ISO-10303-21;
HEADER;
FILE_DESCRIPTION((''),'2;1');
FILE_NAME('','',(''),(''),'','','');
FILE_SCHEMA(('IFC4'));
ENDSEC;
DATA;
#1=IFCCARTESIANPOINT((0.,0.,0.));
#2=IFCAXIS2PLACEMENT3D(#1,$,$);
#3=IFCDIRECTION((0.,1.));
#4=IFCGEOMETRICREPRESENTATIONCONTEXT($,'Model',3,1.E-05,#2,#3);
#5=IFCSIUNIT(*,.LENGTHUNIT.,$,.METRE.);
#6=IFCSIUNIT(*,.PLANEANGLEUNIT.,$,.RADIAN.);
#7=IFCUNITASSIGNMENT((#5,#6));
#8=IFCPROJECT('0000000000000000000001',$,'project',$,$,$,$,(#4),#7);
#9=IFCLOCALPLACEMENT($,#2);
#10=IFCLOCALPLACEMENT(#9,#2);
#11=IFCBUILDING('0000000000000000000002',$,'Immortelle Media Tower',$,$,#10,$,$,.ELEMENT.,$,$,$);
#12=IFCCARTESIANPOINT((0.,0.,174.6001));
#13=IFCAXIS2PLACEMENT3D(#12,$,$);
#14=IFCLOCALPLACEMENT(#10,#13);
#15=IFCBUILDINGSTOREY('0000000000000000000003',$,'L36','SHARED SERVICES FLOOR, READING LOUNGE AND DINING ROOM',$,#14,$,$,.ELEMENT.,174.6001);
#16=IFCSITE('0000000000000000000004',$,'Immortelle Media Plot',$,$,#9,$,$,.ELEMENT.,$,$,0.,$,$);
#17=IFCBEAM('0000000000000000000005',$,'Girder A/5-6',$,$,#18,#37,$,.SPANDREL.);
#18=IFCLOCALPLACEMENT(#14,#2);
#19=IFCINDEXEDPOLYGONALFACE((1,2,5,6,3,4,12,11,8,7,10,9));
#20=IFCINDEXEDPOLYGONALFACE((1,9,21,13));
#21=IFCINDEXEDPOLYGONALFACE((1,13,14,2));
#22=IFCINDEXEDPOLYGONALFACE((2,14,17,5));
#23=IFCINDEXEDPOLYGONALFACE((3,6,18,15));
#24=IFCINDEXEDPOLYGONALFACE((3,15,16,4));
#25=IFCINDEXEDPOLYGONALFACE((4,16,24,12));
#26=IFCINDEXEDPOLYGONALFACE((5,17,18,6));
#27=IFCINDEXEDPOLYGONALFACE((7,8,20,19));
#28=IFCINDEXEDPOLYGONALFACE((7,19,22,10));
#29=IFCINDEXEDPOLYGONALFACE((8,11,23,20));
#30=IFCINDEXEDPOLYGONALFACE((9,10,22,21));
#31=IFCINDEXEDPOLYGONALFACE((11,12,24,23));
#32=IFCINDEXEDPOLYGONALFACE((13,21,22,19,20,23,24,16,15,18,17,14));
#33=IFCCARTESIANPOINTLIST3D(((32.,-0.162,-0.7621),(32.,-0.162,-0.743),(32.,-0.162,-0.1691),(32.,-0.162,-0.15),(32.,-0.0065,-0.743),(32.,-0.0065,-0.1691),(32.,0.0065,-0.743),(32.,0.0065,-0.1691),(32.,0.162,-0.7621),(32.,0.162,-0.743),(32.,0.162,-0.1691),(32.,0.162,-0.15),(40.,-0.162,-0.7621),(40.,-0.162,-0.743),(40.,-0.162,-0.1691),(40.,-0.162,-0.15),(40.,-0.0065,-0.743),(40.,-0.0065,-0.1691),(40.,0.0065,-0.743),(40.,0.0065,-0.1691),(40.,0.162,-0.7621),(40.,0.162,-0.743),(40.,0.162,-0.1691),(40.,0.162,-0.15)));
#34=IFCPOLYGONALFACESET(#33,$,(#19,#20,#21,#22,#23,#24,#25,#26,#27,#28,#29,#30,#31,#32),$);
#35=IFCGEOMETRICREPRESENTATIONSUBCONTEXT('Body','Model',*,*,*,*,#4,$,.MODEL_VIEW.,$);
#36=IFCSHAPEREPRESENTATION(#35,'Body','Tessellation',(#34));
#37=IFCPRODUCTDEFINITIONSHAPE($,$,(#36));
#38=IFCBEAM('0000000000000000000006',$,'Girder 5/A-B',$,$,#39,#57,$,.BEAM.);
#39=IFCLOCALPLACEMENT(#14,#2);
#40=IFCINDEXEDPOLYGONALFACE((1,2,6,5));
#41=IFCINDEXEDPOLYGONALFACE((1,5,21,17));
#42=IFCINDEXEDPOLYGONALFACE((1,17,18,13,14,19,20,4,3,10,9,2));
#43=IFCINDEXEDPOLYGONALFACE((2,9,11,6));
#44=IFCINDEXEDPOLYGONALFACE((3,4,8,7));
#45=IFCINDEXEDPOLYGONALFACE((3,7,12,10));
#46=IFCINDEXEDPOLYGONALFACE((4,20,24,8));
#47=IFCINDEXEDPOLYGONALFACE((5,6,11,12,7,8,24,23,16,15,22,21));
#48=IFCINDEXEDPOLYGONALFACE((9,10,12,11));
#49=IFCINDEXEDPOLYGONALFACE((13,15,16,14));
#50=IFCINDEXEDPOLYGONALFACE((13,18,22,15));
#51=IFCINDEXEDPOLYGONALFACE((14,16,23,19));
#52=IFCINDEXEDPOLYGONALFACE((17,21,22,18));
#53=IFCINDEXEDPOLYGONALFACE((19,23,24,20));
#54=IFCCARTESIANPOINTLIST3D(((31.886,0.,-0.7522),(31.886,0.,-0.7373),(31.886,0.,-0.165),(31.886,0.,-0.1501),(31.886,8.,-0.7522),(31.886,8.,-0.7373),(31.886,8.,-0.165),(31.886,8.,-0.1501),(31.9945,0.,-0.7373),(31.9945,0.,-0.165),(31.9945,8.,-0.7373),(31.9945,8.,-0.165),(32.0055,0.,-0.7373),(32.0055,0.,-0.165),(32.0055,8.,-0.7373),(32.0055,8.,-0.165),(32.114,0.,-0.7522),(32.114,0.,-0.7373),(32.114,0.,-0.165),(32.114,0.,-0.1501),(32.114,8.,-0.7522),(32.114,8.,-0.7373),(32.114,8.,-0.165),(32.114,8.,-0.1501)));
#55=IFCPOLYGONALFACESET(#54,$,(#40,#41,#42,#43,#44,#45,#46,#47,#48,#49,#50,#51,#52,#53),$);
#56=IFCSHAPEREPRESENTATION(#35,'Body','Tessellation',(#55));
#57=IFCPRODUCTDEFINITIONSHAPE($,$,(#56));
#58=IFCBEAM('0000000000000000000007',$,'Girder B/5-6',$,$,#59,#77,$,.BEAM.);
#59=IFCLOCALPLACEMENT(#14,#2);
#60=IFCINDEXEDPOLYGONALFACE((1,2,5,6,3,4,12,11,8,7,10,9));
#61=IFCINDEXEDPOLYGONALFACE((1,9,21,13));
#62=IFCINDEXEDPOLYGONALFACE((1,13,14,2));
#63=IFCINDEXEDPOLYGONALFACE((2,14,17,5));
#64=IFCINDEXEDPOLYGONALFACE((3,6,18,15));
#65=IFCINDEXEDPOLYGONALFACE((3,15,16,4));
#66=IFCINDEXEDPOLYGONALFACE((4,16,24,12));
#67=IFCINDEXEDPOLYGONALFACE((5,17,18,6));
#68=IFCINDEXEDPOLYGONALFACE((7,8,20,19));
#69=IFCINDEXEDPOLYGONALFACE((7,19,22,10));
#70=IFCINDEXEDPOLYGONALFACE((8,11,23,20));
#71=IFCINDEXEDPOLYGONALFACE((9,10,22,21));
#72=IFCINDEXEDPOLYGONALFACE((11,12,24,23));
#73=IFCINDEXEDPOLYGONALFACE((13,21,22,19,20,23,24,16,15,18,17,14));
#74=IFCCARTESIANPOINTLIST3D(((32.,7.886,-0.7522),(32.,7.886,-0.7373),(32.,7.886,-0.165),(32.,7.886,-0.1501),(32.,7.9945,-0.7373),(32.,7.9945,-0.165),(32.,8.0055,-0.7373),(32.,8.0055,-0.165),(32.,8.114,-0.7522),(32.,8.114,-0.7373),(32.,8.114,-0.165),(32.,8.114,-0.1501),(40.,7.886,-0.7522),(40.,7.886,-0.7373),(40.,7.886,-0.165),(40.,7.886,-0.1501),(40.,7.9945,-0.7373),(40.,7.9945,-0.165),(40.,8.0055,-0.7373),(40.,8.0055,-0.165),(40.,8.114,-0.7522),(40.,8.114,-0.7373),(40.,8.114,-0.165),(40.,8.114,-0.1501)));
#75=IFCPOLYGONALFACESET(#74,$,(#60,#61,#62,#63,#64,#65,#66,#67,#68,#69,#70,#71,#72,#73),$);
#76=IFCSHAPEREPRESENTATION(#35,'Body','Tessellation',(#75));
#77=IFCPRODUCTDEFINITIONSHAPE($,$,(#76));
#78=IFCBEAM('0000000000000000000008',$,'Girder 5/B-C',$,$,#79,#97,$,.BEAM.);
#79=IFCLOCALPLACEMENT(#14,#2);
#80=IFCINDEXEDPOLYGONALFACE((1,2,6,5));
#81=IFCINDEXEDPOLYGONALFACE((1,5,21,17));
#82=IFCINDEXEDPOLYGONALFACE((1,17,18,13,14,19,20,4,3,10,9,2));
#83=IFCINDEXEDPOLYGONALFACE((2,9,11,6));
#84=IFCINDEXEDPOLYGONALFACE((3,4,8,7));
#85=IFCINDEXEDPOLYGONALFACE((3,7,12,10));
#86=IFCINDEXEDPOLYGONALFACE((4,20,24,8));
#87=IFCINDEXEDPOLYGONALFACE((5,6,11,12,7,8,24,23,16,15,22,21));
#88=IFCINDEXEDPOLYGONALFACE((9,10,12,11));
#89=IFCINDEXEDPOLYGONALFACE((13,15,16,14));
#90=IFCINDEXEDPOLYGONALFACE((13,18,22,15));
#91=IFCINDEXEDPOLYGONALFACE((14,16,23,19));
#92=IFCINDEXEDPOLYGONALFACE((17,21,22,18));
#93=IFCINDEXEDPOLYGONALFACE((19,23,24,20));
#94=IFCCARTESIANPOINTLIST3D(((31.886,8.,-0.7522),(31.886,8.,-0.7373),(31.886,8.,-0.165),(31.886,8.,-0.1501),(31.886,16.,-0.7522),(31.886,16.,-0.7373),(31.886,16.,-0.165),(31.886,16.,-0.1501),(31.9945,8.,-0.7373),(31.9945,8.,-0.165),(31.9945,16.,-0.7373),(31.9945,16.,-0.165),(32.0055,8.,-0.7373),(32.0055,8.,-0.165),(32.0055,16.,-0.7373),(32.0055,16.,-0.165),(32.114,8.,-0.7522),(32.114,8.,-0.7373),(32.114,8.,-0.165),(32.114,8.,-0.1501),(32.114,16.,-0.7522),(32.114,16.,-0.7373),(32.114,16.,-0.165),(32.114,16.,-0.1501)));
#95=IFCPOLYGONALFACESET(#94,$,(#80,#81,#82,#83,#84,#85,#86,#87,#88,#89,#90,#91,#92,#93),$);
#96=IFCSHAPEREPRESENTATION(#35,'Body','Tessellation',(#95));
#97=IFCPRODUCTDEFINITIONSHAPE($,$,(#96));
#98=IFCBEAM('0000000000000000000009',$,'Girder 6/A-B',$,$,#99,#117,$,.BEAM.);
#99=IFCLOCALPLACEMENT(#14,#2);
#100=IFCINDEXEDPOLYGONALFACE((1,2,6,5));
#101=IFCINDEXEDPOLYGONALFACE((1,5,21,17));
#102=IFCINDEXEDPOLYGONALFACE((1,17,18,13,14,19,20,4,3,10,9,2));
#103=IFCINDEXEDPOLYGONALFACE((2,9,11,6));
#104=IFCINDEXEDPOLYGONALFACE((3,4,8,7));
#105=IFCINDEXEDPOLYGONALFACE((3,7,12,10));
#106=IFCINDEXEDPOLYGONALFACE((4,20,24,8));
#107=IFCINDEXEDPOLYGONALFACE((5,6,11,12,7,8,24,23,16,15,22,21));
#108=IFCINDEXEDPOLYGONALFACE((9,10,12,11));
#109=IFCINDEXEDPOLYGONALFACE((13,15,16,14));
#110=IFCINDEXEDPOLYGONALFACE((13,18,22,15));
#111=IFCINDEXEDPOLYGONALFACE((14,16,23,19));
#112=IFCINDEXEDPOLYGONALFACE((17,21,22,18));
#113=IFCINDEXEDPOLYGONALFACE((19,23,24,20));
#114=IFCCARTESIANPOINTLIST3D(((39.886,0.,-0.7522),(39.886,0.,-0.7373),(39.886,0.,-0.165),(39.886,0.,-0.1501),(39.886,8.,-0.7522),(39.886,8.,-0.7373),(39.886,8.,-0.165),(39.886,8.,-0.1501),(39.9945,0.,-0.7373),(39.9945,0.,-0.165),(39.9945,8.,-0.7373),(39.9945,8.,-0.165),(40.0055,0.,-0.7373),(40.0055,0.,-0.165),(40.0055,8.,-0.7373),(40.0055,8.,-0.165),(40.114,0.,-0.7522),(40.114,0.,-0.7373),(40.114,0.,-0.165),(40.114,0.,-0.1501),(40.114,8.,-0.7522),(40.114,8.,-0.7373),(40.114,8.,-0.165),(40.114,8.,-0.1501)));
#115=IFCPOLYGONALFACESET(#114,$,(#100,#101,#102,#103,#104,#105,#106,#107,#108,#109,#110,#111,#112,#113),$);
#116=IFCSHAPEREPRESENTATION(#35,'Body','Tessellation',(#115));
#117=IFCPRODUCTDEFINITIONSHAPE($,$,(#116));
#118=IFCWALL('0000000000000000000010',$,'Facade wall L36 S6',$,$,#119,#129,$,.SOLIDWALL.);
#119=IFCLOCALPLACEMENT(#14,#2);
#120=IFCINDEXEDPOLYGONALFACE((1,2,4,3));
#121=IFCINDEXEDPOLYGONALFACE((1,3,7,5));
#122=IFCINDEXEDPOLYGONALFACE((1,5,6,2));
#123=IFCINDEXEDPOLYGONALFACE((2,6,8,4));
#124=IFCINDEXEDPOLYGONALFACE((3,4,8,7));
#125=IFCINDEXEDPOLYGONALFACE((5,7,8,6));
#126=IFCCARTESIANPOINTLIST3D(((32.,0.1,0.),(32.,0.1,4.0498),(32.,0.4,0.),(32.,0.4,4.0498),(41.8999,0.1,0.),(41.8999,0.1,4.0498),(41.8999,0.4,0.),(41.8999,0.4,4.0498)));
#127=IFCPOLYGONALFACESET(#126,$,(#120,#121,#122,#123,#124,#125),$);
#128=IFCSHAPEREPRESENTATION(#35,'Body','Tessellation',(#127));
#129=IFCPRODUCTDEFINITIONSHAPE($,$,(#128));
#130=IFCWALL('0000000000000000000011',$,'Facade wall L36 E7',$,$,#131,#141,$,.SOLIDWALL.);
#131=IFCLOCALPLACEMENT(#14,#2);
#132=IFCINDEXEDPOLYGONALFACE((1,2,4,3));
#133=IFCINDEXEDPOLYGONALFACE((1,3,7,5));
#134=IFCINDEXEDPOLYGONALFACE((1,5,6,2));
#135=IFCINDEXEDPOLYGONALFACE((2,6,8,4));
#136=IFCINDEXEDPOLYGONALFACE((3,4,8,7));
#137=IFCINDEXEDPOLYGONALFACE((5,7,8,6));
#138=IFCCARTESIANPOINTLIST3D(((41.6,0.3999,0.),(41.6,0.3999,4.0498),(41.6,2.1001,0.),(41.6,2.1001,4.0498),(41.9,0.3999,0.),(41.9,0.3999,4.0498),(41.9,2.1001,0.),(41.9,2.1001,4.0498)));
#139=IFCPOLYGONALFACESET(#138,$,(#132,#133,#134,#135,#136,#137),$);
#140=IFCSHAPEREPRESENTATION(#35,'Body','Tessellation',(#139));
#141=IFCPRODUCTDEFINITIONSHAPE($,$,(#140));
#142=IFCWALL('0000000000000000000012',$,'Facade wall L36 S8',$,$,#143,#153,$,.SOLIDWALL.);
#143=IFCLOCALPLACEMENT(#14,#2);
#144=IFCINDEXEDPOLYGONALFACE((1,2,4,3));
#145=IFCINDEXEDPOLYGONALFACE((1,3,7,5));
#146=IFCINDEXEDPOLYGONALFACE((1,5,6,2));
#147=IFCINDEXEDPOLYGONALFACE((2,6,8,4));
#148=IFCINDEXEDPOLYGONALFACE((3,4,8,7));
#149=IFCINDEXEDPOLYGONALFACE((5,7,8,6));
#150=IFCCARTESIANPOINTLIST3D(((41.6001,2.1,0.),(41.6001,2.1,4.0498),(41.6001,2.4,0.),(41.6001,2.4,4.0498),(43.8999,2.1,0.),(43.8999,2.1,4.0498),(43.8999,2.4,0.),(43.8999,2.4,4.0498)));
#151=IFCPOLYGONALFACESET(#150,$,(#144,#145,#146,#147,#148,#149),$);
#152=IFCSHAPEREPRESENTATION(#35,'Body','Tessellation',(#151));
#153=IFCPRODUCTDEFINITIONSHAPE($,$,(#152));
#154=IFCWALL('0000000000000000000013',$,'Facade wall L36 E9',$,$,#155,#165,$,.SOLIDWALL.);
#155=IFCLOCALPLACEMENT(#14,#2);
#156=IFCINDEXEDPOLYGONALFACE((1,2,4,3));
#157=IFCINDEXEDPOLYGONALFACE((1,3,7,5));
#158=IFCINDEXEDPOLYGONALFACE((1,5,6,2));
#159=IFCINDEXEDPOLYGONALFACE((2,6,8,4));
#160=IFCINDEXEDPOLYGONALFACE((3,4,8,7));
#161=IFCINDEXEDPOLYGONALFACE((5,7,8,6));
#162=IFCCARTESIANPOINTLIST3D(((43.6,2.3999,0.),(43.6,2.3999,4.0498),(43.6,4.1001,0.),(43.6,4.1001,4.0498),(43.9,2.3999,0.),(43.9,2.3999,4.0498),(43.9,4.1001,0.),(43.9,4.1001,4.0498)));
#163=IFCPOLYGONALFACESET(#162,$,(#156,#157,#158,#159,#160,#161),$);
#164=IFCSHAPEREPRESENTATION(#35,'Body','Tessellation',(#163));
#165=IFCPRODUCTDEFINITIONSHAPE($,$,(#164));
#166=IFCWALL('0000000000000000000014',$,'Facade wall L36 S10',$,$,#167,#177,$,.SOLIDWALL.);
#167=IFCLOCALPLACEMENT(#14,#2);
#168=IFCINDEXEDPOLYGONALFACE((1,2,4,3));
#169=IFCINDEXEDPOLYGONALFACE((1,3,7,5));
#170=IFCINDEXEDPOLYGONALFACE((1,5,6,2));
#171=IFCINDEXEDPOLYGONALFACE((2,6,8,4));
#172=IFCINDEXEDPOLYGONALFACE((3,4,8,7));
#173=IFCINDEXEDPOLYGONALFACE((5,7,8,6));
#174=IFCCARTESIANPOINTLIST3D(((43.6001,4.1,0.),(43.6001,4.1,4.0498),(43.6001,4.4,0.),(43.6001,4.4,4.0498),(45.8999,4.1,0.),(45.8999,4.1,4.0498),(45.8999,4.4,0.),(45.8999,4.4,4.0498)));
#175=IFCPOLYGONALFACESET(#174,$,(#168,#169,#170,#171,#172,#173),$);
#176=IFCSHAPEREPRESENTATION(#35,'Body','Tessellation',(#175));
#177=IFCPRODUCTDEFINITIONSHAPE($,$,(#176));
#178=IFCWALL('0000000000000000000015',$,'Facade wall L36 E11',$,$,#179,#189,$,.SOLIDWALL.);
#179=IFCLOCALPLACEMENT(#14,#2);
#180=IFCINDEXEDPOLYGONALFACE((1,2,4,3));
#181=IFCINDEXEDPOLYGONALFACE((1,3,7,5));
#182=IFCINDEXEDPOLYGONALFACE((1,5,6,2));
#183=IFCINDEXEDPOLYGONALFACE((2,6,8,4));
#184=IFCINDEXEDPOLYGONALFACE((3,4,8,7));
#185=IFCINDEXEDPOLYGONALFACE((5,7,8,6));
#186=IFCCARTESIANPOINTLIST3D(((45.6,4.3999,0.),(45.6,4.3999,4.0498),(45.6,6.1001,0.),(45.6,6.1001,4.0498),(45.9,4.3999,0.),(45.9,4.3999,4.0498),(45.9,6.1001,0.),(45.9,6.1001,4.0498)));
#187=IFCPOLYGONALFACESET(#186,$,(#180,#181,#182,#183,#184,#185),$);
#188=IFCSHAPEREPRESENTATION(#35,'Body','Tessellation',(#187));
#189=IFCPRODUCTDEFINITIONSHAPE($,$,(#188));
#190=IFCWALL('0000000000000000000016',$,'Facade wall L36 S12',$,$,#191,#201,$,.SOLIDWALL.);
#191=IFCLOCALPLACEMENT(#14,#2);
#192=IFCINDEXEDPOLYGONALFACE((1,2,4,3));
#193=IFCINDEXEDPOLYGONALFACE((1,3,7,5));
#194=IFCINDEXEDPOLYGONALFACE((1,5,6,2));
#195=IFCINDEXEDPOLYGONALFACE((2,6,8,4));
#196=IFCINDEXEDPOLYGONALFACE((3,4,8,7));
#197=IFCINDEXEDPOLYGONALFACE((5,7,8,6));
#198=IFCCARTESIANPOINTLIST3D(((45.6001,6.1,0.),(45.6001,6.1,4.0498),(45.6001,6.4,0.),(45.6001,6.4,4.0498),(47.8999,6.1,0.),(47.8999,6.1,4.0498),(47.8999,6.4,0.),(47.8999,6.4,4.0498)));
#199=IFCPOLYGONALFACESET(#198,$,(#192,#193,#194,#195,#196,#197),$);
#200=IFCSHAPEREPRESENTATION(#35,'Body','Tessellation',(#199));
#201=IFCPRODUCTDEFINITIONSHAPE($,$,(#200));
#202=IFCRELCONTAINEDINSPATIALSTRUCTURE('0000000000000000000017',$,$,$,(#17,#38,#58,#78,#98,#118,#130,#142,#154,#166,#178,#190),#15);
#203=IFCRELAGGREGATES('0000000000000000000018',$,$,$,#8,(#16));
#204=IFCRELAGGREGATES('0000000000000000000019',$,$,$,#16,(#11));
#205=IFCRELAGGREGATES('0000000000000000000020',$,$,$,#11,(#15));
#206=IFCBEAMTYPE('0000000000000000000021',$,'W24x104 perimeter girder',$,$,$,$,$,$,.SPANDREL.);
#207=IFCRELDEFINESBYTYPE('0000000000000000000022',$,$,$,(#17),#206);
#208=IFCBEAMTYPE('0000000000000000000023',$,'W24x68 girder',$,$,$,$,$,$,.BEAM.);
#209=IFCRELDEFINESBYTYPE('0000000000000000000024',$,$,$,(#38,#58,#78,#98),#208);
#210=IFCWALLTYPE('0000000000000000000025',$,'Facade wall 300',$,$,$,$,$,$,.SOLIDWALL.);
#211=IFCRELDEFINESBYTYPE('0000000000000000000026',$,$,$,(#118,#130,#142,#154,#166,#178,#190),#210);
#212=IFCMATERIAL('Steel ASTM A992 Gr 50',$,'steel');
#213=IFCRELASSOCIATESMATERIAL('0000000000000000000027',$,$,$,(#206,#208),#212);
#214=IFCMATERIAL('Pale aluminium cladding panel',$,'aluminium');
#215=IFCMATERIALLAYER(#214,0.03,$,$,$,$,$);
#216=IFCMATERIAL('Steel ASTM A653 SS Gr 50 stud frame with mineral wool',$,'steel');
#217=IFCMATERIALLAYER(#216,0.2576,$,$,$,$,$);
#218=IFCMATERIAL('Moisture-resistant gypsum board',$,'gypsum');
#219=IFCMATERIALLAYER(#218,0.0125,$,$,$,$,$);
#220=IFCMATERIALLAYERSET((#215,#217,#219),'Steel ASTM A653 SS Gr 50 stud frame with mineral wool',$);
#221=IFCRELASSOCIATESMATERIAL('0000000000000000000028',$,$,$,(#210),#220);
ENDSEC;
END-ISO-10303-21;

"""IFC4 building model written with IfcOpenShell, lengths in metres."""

from ifc_helpers import new_model, si_unit, direction, frame, frame_2d, origin, origin_2d, place, context, subcontext, project, spatial, rectangle, i_section, extrude, material, layer, layer_set, material_profile, profile_set, type_object, element, save


model = new_model("IFC4")

# Units and contexts
model_context = context("Model", 3, precision=1e-05, world=origin(), true_north=direction((0.0, 1.0)))
body_context = subcontext(model_context, "Body", "Model", "MODEL_VIEW")
ifc_project = project(units=[si_unit("LENGTHUNIT", "METRE"), si_unit("PLANEANGLEUNIT", "RADIAN")], contexts=[model_context])

# Site, building, storey
site_placement = place(None, origin())
site = spatial("IfcSite", under=ifc_project, at=site_placement, Name="Immortelle Media Plot", CompositionType="ELEMENT", RefElevation=0.0)
building_placement = place(site_placement, origin())
building = spatial("IfcBuilding", under=site, at=building_placement, Name="Immortelle Media Tower", CompositionType="ELEMENT")
storey_placement = place(building_placement, frame((0.0, 0.0, 174.6001)))
storey = spatial("IfcBuildingStorey", under=building, at=storey_placement, Name="L36", Description="SHARED SERVICES FLOOR, READING LOUNGE AND DINING ROOM", CompositionType="ELEMENT", Elevation=174.6001)

# Shared definitions
ifc_material_1 = material(Name="Steel ASTM A992 Gr 50", Category="steel")

# Beams
ifc_material_profile_1 = material_profile(ifc_material_1, i_section(OverallWidth=0.324, OverallDepth=0.6121, WebThickness=0.0129, FlangeThickness=0.019, at=origin_2d()), Name="W24x104")
ifc_profile_set_1 = profile_set([ifc_material_profile_1], Name="Steel ASTM A992 Gr 50")
beam_type_1 = type_object("IfcBeamType", Name="W24x104 perimeter girder", PredefinedType="SPANDREL", material=ifc_profile_set_1)
beam_1_placement = place(storey_placement, frame((32.0, 0.0, -0.4561), z_axis=(1.0, 0.0, 0.0), x_axis=(0.0, 1.0, 0.0)))
element("IfcBeam", 1, at=beam_1_placement, inside=storey, type_object=beam_type_1, Name="Girder A/5-6", PredefinedType="SPANDREL", context=body_context, shape_type="SweptSolid", body=[
    extrude(i_section(OverallWidth=0.324, OverallDepth=0.6121, WebThickness=0.0129, FlangeThickness=0.019, at=origin_2d()), origin(), (0.0, 0.0, 1.0), 8.0),
])
ifc_material_profile_2 = material_profile(ifc_material_1, i_section(OverallWidth=0.228, OverallDepth=0.6021, WebThickness=0.011, FlangeThickness=0.0149, at=origin_2d()), Name="W24x68")
ifc_profile_set_2 = profile_set([ifc_material_profile_2], Name="Steel ASTM A992 Gr 50")
beam_type_2 = type_object("IfcBeamType", Name="W24x68 girder", PredefinedType="BEAM", material=ifc_profile_set_2)
for number, where, z_axis, x_axis, name in (
    (2, (32.0, 0.0, -0.4512), (0.0, 1.0, 0.0), (-1.0, 0.0, 0.0), "Girder 5/A-B"),
    (3, (32.0, 8.0, -0.4512), (1.0, 0.0, 0.0), (0.0, 1.0, 0.0), "Girder B/5-6"),
    (4, (32.0, 8.0, -0.4512), (0.0, 1.0, 0.0), (-1.0, 0.0, 0.0), "Girder 5/B-C"),
    (5, (40.0, 0.0, -0.4512), (0.0, 1.0, 0.0), (-1.0, 0.0, 0.0), "Girder 6/A-B"),
):
    element("IfcBeam", number, at=place(storey_placement, frame(where, z_axis=z_axis, x_axis=x_axis)), inside=storey, type_object=beam_type_2, Name=name, PredefinedType="BEAM", context=body_context, shape_type="SweptSolid", body=[
        extrude(i_section(OverallWidth=0.228, OverallDepth=0.6021, WebThickness=0.011, FlangeThickness=0.0149, at=origin_2d()), origin(), (0.0, 0.0, 1.0), 8.0),
    ])

# Walls
ifc_material_2 = material(Name="Pale aluminium cladding panel", Category="aluminium")
ifc_layer_1 = layer(ifc_material_2, 0.03)
ifc_material_3 = material(Name="Steel ASTM A653 SS Gr 50 stud frame with mineral wool", Category="steel")
ifc_layer_2 = layer(ifc_material_3, 0.2576)
ifc_material_4 = material(Name="Moisture-resistant gypsum board", Category="gypsum")
ifc_layer_3 = layer(ifc_material_4, 0.0125)
ifc_layer_set = layer_set([ifc_layer_1, ifc_layer_2, ifc_layer_3], Name="Steel ASTM A653 SS Gr 50 stud frame with mineral wool")
wall_type = type_object("IfcWallType", Name="Facade wall 300", PredefinedType="SOLIDWALL", material=ifc_layer_set)
wall_1_placement = place(storey_placement, frame((32.0, 0.25, 0.0), z_axis=(0.0, 0.0, 1.0), x_axis=(1.0, 0.0, 0.0)))
element("IfcWall", 6, at=wall_1_placement, inside=storey, type_object=wall_type, Name="Facade wall L36 S6", PredefinedType="SOLIDWALL", context=body_context, shape_type="SweptSolid", body=[
    extrude(rectangle(XDim=9.8999, YDim=0.3, at=frame_2d((4.95, 0.0))), origin(), (0.0, 0.0, 1.0), 4.0498),
])
wall_2_placement = place(storey_placement, frame((41.75, 0.3999, 0.0), z_axis=(0.0, 0.0, 1.0), x_axis=(0.0, 1.0, 0.0)))
element("IfcWall", 7, at=wall_2_placement, inside=storey, type_object=wall_type, Name="Facade wall L36 E7", PredefinedType="SOLIDWALL", context=body_context, shape_type="SweptSolid", body=[
    extrude(rectangle(XDim=1.7002, YDim=0.3, at=frame_2d((0.8501, 0.0))), origin(), (0.0, 0.0, 1.0), 4.0498),
])
wall_3_placement = place(storey_placement, frame((41.6001, 2.25, 0.0), z_axis=(0.0, 0.0, 1.0), x_axis=(1.0, 0.0, 0.0)))
element("IfcWall", 8, at=wall_3_placement, inside=storey, type_object=wall_type, Name="Facade wall L36 S8", PredefinedType="SOLIDWALL", context=body_context, shape_type="SweptSolid", body=[
    extrude(rectangle(XDim=2.2998, YDim=0.3, at=frame_2d((1.1499, 0.0))), origin(), (0.0, 0.0, 1.0), 4.0498),
])
wall_4_placement = place(storey_placement, frame((43.75, 2.3999, 0.0), z_axis=(0.0, 0.0, 1.0), x_axis=(0.0, 1.0, 0.0)))
element("IfcWall", 9, at=wall_4_placement, inside=storey, type_object=wall_type, Name="Facade wall L36 E9", PredefinedType="SOLIDWALL", context=body_context, shape_type="SweptSolid", body=[
    extrude(rectangle(XDim=1.7002, YDim=0.3, at=frame_2d((0.8501, 0.0))), origin(), (0.0, 0.0, 1.0), 4.0498),
])
wall_5_placement = place(storey_placement, frame((43.6001, 4.25, 0.0), z_axis=(0.0, 0.0, 1.0), x_axis=(1.0, 0.0, 0.0)))
element("IfcWall", 10, at=wall_5_placement, inside=storey, type_object=wall_type, Name="Facade wall L36 S10", PredefinedType="SOLIDWALL", context=body_context, shape_type="SweptSolid", body=[
    extrude(rectangle(XDim=2.2998, YDim=0.3, at=frame_2d((1.1499, 0.0))), origin(), (0.0, 0.0, 1.0), 4.0498),
])
wall_6_placement = place(storey_placement, frame((45.75, 4.3999, 0.0), z_axis=(0.0, 0.0, 1.0), x_axis=(0.0, 1.0, 0.0)))
element("IfcWall", 11, at=wall_6_placement, inside=storey, type_object=wall_type, Name="Facade wall L36 E11", PredefinedType="SOLIDWALL", context=body_context, shape_type="SweptSolid", body=[
    extrude(rectangle(XDim=1.7002, YDim=0.3, at=frame_2d((0.8501, 0.0))), origin(), (0.0, 0.0, 1.0), 4.0498),
])
wall_7_placement = place(storey_placement, frame((45.6001, 6.25, 0.0), z_axis=(0.0, 0.0, 1.0), x_axis=(1.0, 0.0, 0.0)))
element("IfcWall", 12, at=wall_7_placement, inside=storey, type_object=wall_type, Name="Facade wall L36 S12", PredefinedType="SOLIDWALL", context=body_context, shape_type="SweptSolid", body=[
    extrude(rectangle(XDim=2.2998, YDim=0.3, at=frame_2d((1.1499, 0.0))), origin(), (0.0, 0.0, 1.0), 4.0498),
])

save(model, "model.ifc")
